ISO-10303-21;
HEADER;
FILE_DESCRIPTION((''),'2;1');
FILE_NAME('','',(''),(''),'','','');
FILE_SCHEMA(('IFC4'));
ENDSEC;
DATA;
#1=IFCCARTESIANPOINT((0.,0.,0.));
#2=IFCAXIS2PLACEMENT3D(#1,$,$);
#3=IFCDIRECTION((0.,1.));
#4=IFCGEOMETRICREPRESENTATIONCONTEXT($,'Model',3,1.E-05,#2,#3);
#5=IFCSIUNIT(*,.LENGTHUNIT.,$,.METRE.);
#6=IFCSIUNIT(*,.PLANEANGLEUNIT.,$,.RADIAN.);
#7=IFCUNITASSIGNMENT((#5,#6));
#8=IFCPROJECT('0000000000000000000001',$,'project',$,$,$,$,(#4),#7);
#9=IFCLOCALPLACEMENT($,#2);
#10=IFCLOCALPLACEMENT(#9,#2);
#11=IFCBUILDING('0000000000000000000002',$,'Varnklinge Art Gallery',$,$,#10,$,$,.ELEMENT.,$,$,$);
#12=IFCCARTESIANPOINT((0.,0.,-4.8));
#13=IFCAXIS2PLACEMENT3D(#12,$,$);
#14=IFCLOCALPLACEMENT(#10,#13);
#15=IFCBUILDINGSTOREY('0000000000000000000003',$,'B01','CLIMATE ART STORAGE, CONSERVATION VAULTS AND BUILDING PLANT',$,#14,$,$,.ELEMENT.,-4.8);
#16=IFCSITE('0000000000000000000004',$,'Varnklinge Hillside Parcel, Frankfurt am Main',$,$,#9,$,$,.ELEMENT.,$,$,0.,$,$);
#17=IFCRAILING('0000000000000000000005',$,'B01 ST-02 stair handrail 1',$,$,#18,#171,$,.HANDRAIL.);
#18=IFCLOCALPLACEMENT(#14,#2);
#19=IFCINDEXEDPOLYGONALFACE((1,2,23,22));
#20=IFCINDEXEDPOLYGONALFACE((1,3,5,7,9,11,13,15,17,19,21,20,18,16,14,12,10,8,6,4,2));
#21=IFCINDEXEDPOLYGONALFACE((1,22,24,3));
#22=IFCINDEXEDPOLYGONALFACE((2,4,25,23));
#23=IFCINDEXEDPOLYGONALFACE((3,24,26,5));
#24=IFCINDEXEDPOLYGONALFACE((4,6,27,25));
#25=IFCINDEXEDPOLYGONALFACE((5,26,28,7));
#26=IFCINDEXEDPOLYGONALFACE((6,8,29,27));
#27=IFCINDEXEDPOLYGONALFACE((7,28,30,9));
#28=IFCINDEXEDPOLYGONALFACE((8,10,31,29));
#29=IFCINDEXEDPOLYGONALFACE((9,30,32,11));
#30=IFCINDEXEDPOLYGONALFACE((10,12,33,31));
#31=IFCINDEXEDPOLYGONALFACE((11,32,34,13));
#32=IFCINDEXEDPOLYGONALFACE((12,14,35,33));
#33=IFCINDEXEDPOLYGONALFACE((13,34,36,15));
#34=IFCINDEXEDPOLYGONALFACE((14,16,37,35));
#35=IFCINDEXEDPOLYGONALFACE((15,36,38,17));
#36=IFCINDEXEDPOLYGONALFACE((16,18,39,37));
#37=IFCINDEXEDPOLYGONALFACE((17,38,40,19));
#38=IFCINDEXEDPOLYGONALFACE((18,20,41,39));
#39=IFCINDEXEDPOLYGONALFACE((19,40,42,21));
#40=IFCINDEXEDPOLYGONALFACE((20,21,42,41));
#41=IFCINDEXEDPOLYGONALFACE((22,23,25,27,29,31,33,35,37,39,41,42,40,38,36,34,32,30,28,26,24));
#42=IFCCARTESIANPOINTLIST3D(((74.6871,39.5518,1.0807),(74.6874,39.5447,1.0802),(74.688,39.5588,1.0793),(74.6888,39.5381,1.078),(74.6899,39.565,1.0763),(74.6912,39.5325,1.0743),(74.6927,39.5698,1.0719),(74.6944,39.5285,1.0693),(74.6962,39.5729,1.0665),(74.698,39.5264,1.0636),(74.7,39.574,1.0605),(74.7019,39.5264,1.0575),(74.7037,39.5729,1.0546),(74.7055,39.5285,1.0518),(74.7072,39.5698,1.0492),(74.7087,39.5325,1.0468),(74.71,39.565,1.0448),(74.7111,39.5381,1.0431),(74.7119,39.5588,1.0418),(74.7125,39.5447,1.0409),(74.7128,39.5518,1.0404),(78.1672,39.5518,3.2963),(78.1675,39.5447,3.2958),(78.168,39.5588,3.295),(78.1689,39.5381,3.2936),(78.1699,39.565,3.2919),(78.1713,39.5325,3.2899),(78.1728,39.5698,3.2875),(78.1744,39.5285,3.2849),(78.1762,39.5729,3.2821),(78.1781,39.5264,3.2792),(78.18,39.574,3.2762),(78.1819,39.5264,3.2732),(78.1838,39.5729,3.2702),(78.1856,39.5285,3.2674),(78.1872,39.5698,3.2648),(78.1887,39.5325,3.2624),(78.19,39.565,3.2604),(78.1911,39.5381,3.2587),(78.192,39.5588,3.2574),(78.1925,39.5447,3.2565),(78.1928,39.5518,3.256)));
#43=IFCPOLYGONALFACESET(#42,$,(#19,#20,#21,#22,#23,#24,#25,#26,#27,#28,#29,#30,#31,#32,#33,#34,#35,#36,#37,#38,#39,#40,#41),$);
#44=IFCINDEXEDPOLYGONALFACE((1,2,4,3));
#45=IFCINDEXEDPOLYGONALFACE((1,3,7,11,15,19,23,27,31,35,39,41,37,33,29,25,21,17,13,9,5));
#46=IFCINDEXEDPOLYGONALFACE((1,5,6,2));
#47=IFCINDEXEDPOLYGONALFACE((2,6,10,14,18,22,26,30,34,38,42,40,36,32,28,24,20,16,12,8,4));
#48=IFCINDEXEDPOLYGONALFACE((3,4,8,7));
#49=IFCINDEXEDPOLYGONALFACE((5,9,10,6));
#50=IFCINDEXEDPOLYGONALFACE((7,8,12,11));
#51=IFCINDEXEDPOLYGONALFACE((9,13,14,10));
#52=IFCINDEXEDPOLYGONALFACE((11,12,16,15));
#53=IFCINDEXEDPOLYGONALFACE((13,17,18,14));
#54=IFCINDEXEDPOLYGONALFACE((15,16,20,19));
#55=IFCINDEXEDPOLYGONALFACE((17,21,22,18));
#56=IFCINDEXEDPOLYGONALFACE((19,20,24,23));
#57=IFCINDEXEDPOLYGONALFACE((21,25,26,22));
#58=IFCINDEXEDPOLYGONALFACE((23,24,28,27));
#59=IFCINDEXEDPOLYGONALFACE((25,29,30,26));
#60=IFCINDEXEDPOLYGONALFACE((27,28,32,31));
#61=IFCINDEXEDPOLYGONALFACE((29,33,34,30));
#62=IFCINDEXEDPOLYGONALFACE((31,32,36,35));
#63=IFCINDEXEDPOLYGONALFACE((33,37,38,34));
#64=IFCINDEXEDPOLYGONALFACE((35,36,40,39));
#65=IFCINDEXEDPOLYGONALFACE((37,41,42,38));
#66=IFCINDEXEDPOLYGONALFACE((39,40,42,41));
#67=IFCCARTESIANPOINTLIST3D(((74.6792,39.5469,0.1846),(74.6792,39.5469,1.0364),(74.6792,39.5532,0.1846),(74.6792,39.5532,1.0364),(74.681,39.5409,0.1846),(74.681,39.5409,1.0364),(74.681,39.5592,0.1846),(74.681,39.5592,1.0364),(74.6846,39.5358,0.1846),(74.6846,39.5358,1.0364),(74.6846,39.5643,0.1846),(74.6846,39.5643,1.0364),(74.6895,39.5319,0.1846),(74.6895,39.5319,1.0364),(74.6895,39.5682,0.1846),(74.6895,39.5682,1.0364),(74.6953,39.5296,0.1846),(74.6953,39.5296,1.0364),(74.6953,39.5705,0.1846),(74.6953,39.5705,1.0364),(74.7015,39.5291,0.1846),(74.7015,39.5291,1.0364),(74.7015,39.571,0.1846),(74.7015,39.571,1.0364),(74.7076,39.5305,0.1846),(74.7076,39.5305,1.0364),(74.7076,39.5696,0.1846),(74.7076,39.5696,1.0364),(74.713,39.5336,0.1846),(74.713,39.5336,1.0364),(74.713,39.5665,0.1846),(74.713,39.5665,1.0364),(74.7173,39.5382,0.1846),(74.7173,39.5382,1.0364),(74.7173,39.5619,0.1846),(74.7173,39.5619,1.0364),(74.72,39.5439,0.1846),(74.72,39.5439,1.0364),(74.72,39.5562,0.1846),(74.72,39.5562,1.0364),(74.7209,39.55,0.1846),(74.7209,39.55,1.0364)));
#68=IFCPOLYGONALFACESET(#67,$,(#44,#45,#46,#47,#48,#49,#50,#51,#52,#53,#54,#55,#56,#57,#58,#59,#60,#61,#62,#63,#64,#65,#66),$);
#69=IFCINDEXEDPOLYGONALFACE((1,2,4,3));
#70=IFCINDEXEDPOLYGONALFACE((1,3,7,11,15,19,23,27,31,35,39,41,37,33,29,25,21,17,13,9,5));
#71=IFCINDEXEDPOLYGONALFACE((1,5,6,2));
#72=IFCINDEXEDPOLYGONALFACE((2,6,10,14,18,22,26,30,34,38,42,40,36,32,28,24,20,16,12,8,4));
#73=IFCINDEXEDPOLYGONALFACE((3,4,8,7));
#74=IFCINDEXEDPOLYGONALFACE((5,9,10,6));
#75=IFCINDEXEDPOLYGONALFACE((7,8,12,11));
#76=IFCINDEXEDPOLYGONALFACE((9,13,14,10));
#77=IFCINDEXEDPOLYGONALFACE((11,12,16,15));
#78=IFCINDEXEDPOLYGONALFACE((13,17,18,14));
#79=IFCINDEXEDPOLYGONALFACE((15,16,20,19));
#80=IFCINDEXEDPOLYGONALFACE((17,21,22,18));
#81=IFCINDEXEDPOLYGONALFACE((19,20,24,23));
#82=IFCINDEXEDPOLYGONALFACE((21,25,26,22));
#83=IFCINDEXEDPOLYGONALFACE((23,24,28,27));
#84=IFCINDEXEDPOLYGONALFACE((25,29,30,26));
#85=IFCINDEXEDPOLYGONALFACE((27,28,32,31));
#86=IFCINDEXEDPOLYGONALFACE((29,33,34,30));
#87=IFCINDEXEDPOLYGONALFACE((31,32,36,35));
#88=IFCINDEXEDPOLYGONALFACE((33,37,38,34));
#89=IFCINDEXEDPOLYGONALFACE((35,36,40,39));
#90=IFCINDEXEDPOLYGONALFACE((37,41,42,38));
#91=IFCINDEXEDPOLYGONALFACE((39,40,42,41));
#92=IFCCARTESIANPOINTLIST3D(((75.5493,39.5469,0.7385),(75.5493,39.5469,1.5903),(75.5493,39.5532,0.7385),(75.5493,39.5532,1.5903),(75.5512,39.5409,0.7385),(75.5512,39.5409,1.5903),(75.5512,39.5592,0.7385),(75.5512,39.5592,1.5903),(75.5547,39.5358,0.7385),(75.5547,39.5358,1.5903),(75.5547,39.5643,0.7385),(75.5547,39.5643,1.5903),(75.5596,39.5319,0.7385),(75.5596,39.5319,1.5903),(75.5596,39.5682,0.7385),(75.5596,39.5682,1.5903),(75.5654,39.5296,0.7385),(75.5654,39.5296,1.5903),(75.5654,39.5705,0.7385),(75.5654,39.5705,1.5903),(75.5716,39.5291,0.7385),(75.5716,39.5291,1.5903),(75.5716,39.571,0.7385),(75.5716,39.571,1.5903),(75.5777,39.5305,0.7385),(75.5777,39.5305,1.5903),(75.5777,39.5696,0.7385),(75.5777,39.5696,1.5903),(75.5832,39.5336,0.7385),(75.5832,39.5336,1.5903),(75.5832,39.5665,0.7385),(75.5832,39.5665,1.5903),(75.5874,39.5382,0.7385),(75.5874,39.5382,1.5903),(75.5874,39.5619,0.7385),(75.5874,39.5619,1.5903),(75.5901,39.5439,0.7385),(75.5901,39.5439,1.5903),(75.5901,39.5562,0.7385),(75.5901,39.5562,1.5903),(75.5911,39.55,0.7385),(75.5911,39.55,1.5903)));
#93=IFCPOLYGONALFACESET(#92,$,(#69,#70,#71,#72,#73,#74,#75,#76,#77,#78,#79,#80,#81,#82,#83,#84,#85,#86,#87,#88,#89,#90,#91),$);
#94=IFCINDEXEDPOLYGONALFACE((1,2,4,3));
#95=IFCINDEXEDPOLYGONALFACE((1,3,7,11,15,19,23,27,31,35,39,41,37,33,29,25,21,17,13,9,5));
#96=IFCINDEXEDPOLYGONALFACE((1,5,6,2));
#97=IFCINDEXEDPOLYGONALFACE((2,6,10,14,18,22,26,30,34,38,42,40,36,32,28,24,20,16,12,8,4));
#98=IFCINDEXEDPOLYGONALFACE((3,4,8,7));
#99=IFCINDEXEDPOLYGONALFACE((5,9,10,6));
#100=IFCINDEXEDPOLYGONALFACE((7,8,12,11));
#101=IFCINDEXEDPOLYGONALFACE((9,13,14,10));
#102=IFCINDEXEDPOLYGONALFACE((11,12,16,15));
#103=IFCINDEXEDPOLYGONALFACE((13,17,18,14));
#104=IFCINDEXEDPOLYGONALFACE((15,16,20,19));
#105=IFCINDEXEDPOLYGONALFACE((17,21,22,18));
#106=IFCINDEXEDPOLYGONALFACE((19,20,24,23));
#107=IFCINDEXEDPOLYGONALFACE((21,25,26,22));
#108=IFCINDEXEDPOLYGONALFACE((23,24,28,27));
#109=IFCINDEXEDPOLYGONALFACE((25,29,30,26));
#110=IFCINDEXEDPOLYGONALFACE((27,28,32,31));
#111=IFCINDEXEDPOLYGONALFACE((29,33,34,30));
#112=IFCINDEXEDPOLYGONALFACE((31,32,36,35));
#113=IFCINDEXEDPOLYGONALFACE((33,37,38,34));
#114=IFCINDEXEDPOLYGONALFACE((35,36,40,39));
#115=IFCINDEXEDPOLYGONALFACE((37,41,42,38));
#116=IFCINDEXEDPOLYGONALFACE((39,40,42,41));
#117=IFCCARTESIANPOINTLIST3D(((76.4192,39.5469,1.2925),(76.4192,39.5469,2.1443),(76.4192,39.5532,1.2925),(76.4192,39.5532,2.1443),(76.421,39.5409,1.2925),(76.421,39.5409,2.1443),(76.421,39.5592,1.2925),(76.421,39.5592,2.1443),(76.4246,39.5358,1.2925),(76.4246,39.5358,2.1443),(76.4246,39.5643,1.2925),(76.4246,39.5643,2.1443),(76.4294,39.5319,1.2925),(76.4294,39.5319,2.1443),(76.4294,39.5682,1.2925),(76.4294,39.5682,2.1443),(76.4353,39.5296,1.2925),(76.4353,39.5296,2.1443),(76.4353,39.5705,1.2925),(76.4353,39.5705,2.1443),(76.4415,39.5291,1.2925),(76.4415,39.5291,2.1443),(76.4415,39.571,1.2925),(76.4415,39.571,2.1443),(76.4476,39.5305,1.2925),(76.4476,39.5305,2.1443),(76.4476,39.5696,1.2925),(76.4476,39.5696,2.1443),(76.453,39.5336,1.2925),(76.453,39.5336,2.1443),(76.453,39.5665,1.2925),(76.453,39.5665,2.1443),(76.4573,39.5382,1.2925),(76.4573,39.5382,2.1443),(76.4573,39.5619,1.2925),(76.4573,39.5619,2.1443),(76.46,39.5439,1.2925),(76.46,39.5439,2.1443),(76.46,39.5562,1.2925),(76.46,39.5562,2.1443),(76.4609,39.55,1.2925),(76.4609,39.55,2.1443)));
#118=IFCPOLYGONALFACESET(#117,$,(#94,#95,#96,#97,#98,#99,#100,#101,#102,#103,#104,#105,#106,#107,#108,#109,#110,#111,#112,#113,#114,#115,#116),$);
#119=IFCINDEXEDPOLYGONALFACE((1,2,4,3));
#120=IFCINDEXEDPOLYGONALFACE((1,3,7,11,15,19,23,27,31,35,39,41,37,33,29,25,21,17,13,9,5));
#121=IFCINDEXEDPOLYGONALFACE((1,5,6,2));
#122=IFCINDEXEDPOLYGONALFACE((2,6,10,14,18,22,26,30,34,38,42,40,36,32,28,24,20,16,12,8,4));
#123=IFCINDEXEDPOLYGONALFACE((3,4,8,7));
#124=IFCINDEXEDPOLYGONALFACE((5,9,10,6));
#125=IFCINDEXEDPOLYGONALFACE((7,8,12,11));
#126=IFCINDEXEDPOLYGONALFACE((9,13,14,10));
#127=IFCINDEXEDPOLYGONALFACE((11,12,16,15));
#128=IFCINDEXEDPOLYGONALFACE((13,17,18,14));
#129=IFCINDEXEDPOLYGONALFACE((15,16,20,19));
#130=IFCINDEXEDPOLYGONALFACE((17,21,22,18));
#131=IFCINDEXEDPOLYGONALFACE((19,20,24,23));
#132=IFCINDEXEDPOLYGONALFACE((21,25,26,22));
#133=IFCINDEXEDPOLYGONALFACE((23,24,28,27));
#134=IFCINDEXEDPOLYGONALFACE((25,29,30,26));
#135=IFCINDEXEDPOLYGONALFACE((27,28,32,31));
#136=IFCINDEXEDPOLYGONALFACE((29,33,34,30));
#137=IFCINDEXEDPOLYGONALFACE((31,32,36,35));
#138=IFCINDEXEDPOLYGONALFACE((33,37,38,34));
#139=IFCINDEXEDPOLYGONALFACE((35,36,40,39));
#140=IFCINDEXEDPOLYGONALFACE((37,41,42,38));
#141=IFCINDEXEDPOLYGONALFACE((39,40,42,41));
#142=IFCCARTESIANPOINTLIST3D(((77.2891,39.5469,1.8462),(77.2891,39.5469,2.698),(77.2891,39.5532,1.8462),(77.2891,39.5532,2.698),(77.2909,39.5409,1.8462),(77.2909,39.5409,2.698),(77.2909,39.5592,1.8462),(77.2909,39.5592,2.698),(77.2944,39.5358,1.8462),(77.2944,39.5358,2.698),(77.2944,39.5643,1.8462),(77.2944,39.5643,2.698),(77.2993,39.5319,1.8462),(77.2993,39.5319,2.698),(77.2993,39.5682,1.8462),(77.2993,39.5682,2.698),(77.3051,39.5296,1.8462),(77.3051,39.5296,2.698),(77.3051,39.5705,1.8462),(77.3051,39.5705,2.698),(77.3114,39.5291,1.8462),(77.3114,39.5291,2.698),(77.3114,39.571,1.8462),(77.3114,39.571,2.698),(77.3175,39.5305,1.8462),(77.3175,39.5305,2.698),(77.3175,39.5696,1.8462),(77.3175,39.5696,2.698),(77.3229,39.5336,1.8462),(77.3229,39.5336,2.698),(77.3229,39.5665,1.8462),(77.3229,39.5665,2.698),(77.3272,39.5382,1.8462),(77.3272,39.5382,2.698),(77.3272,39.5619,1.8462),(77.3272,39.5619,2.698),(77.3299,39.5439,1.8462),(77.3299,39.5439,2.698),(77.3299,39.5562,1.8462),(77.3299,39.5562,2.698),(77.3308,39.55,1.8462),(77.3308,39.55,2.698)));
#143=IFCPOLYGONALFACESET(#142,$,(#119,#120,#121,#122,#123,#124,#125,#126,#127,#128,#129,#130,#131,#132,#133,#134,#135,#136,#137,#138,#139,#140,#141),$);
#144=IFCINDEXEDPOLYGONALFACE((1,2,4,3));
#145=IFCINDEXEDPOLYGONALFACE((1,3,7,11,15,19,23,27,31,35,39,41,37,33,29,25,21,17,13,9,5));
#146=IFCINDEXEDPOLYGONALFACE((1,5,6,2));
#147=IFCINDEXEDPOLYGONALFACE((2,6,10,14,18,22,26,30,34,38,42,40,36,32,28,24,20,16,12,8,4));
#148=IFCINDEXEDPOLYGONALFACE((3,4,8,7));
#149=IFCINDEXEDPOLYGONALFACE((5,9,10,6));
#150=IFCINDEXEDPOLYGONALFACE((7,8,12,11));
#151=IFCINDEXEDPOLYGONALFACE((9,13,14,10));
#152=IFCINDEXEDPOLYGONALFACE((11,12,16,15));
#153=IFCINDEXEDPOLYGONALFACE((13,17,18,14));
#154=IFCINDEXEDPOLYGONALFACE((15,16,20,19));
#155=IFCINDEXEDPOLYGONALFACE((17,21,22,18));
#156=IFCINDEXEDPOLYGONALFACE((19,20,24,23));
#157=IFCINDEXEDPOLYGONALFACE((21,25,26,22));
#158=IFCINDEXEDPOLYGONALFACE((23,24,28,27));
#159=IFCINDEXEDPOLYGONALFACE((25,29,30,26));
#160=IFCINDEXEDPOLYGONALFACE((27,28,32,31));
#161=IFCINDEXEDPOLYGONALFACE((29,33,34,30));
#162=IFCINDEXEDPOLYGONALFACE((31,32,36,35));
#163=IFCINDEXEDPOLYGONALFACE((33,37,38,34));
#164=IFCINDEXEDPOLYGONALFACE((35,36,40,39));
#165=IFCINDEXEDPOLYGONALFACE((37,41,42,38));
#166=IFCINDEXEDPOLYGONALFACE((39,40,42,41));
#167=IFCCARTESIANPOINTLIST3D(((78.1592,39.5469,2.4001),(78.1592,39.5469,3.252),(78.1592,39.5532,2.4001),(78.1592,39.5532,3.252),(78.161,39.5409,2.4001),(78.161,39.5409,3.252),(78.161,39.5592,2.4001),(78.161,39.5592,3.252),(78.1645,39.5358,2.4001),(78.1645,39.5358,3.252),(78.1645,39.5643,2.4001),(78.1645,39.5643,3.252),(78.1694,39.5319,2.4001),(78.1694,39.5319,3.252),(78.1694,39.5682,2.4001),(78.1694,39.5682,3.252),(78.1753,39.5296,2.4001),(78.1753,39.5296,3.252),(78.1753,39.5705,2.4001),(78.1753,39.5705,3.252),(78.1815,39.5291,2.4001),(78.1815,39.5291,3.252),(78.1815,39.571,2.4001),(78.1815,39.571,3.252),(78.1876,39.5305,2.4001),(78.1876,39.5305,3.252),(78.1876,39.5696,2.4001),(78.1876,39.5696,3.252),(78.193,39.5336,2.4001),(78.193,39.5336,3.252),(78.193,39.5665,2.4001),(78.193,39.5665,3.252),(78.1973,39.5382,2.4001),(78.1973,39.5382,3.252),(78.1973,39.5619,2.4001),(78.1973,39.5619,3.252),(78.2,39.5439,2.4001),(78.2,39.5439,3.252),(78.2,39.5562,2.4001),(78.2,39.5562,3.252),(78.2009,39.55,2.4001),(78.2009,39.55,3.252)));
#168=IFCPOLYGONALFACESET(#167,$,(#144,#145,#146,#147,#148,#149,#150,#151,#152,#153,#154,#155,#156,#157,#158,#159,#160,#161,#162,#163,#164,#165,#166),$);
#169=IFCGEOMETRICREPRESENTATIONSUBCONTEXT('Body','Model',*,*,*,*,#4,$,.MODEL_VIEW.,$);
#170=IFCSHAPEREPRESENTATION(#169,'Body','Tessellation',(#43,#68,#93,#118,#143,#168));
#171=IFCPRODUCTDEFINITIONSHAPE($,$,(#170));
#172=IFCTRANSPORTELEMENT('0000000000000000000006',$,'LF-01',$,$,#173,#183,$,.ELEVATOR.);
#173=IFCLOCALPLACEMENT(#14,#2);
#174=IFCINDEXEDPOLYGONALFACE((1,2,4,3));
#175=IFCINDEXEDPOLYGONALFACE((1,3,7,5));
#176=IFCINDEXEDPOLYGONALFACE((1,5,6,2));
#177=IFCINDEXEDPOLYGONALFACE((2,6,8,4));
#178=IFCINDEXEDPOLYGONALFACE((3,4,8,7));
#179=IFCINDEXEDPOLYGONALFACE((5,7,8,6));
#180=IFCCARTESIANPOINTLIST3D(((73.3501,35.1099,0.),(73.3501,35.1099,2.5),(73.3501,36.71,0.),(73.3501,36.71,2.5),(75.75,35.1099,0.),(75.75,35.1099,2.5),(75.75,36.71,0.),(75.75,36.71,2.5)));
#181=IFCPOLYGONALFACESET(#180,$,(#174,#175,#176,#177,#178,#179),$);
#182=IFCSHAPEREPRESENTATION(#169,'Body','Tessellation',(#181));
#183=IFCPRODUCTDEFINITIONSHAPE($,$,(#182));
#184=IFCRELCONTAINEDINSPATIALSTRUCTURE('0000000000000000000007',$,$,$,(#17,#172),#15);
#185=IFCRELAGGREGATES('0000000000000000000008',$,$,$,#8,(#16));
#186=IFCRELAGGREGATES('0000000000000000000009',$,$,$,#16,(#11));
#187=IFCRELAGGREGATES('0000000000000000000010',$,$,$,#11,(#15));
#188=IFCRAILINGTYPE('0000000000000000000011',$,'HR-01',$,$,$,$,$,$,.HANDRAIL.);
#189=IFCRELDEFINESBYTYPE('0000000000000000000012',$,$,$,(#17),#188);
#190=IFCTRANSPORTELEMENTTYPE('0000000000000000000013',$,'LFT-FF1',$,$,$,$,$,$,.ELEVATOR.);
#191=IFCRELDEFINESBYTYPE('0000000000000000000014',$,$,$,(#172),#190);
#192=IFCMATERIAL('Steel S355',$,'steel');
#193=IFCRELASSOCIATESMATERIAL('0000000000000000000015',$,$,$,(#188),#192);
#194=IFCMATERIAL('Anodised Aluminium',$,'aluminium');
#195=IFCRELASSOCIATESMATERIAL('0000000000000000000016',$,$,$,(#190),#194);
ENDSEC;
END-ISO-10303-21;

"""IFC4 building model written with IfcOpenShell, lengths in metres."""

from ifc_helpers import new_model, si_unit, direction, frame, origin, origin_2d, place, context, subcontext, project, spatial, rectangle, circle, extrude, material, type_object, element, save


model = new_model("IFC4")

# Units and contexts
model_context = context("Model", 3, precision=1e-05, world=origin(), true_north=direction((0.0, 1.0)))
body_context = subcontext(model_context, "Body", "Model", "MODEL_VIEW")
ifc_project = project(units=[si_unit("LENGTHUNIT", "METRE"), si_unit("PLANEANGLEUNIT", "RADIAN")], contexts=[model_context])

# Site, building, storey
site_placement = place(None, origin())
site = spatial("IfcSite", under=ifc_project, at=site_placement, Name="Varnklinge Hillside Parcel, Frankfurt am Main", CompositionType="ELEMENT", RefElevation=0.0)
building_placement = place(site_placement, origin())
building = spatial("IfcBuilding", under=site, at=building_placement, Name="Varnklinge Art Gallery", CompositionType="ELEMENT")
storey_placement = place(building_placement, frame((0.0, 0.0, -4.8)))
storey = spatial("IfcBuildingStorey", under=building, at=storey_placement, Name="B01", Description="CLIMATE ART STORAGE, CONSERVATION VAULTS AND BUILDING PLANT", CompositionType="ELEMENT", Elevation=-4.8)

# Railing
ifc_material_1 = material(Name="Steel S355", Category="steel")
railing_type_1 = type_object("IfcRailingType", Name="HR-01", PredefinedType="HANDRAIL", material=ifc_material_1)
railing_1_placement = place(storey_placement, frame((74.7, 39.55, 0.1846)))
element("IfcRailing", 1, at=railing_1_placement, inside=storey, type_object=railing_type_1, Name="B01 ST-02 stair handrail 1", PredefinedType="HANDRAIL", context=body_context, shape_type="SweptSolid", body=[
    extrude(circle(Radius=0.0239, at=origin_2d()), frame((0.0, 0.0, 0.876), z_axis=(0.843547, 0.0, 0.537055), x_axis=(0.0, 1.0, 0.0)), (0.0, 0.0, 1.0), 4.1255),
    extrude(circle(Radius=0.021, at=origin_2d()), origin(), (0.0, 0.0, 1.0), 0.8518),
    extrude(circle(Radius=0.021, at=origin_2d()), frame((0.8701, 0.0, 0.554)), (0.0, 0.0, 1.0), 0.8518),
    extrude(circle(Radius=0.021, at=origin_2d()), frame((1.74, 0.0, 1.1079)), (0.0, 0.0, 1.0), 0.8518),
    extrude(circle(Radius=0.021, at=origin_2d()), frame((2.6099, 0.0, 1.6616)), (0.0, 0.0, 1.0), 0.8518),
    extrude(circle(Radius=0.021, at=origin_2d()), frame((3.48, 0.0, 2.2156)), (0.0, 0.0, 1.0), 0.8518),
])

# Transport element
ifc_material_2 = material(Name="Anodised Aluminium", Category="aluminium")
transport_element_type = type_object("IfcTransportElementType", Name="LFT-FF1", PredefinedType="ELEVATOR", material=ifc_material_2)
transport_element_placement = place(storey_placement, frame((74.55, 35.9099, 0.0), z_axis=(0.0, 0.0, 1.0), x_axis=(1.0, 0.0, 0.0)))
element("IfcTransportElement", 2, at=transport_element_placement, inside=storey, type_object=transport_element_type, Name="LF-01", PredefinedType="ELEVATOR", context=body_context, shape_type="SweptSolid", body=[
    extrude(rectangle(XDim=2.3999, YDim=1.6001, at=origin_2d()), origin(), (0.0, 0.0, 1.0), 2.5),
])

save(model, "model.ifc")
